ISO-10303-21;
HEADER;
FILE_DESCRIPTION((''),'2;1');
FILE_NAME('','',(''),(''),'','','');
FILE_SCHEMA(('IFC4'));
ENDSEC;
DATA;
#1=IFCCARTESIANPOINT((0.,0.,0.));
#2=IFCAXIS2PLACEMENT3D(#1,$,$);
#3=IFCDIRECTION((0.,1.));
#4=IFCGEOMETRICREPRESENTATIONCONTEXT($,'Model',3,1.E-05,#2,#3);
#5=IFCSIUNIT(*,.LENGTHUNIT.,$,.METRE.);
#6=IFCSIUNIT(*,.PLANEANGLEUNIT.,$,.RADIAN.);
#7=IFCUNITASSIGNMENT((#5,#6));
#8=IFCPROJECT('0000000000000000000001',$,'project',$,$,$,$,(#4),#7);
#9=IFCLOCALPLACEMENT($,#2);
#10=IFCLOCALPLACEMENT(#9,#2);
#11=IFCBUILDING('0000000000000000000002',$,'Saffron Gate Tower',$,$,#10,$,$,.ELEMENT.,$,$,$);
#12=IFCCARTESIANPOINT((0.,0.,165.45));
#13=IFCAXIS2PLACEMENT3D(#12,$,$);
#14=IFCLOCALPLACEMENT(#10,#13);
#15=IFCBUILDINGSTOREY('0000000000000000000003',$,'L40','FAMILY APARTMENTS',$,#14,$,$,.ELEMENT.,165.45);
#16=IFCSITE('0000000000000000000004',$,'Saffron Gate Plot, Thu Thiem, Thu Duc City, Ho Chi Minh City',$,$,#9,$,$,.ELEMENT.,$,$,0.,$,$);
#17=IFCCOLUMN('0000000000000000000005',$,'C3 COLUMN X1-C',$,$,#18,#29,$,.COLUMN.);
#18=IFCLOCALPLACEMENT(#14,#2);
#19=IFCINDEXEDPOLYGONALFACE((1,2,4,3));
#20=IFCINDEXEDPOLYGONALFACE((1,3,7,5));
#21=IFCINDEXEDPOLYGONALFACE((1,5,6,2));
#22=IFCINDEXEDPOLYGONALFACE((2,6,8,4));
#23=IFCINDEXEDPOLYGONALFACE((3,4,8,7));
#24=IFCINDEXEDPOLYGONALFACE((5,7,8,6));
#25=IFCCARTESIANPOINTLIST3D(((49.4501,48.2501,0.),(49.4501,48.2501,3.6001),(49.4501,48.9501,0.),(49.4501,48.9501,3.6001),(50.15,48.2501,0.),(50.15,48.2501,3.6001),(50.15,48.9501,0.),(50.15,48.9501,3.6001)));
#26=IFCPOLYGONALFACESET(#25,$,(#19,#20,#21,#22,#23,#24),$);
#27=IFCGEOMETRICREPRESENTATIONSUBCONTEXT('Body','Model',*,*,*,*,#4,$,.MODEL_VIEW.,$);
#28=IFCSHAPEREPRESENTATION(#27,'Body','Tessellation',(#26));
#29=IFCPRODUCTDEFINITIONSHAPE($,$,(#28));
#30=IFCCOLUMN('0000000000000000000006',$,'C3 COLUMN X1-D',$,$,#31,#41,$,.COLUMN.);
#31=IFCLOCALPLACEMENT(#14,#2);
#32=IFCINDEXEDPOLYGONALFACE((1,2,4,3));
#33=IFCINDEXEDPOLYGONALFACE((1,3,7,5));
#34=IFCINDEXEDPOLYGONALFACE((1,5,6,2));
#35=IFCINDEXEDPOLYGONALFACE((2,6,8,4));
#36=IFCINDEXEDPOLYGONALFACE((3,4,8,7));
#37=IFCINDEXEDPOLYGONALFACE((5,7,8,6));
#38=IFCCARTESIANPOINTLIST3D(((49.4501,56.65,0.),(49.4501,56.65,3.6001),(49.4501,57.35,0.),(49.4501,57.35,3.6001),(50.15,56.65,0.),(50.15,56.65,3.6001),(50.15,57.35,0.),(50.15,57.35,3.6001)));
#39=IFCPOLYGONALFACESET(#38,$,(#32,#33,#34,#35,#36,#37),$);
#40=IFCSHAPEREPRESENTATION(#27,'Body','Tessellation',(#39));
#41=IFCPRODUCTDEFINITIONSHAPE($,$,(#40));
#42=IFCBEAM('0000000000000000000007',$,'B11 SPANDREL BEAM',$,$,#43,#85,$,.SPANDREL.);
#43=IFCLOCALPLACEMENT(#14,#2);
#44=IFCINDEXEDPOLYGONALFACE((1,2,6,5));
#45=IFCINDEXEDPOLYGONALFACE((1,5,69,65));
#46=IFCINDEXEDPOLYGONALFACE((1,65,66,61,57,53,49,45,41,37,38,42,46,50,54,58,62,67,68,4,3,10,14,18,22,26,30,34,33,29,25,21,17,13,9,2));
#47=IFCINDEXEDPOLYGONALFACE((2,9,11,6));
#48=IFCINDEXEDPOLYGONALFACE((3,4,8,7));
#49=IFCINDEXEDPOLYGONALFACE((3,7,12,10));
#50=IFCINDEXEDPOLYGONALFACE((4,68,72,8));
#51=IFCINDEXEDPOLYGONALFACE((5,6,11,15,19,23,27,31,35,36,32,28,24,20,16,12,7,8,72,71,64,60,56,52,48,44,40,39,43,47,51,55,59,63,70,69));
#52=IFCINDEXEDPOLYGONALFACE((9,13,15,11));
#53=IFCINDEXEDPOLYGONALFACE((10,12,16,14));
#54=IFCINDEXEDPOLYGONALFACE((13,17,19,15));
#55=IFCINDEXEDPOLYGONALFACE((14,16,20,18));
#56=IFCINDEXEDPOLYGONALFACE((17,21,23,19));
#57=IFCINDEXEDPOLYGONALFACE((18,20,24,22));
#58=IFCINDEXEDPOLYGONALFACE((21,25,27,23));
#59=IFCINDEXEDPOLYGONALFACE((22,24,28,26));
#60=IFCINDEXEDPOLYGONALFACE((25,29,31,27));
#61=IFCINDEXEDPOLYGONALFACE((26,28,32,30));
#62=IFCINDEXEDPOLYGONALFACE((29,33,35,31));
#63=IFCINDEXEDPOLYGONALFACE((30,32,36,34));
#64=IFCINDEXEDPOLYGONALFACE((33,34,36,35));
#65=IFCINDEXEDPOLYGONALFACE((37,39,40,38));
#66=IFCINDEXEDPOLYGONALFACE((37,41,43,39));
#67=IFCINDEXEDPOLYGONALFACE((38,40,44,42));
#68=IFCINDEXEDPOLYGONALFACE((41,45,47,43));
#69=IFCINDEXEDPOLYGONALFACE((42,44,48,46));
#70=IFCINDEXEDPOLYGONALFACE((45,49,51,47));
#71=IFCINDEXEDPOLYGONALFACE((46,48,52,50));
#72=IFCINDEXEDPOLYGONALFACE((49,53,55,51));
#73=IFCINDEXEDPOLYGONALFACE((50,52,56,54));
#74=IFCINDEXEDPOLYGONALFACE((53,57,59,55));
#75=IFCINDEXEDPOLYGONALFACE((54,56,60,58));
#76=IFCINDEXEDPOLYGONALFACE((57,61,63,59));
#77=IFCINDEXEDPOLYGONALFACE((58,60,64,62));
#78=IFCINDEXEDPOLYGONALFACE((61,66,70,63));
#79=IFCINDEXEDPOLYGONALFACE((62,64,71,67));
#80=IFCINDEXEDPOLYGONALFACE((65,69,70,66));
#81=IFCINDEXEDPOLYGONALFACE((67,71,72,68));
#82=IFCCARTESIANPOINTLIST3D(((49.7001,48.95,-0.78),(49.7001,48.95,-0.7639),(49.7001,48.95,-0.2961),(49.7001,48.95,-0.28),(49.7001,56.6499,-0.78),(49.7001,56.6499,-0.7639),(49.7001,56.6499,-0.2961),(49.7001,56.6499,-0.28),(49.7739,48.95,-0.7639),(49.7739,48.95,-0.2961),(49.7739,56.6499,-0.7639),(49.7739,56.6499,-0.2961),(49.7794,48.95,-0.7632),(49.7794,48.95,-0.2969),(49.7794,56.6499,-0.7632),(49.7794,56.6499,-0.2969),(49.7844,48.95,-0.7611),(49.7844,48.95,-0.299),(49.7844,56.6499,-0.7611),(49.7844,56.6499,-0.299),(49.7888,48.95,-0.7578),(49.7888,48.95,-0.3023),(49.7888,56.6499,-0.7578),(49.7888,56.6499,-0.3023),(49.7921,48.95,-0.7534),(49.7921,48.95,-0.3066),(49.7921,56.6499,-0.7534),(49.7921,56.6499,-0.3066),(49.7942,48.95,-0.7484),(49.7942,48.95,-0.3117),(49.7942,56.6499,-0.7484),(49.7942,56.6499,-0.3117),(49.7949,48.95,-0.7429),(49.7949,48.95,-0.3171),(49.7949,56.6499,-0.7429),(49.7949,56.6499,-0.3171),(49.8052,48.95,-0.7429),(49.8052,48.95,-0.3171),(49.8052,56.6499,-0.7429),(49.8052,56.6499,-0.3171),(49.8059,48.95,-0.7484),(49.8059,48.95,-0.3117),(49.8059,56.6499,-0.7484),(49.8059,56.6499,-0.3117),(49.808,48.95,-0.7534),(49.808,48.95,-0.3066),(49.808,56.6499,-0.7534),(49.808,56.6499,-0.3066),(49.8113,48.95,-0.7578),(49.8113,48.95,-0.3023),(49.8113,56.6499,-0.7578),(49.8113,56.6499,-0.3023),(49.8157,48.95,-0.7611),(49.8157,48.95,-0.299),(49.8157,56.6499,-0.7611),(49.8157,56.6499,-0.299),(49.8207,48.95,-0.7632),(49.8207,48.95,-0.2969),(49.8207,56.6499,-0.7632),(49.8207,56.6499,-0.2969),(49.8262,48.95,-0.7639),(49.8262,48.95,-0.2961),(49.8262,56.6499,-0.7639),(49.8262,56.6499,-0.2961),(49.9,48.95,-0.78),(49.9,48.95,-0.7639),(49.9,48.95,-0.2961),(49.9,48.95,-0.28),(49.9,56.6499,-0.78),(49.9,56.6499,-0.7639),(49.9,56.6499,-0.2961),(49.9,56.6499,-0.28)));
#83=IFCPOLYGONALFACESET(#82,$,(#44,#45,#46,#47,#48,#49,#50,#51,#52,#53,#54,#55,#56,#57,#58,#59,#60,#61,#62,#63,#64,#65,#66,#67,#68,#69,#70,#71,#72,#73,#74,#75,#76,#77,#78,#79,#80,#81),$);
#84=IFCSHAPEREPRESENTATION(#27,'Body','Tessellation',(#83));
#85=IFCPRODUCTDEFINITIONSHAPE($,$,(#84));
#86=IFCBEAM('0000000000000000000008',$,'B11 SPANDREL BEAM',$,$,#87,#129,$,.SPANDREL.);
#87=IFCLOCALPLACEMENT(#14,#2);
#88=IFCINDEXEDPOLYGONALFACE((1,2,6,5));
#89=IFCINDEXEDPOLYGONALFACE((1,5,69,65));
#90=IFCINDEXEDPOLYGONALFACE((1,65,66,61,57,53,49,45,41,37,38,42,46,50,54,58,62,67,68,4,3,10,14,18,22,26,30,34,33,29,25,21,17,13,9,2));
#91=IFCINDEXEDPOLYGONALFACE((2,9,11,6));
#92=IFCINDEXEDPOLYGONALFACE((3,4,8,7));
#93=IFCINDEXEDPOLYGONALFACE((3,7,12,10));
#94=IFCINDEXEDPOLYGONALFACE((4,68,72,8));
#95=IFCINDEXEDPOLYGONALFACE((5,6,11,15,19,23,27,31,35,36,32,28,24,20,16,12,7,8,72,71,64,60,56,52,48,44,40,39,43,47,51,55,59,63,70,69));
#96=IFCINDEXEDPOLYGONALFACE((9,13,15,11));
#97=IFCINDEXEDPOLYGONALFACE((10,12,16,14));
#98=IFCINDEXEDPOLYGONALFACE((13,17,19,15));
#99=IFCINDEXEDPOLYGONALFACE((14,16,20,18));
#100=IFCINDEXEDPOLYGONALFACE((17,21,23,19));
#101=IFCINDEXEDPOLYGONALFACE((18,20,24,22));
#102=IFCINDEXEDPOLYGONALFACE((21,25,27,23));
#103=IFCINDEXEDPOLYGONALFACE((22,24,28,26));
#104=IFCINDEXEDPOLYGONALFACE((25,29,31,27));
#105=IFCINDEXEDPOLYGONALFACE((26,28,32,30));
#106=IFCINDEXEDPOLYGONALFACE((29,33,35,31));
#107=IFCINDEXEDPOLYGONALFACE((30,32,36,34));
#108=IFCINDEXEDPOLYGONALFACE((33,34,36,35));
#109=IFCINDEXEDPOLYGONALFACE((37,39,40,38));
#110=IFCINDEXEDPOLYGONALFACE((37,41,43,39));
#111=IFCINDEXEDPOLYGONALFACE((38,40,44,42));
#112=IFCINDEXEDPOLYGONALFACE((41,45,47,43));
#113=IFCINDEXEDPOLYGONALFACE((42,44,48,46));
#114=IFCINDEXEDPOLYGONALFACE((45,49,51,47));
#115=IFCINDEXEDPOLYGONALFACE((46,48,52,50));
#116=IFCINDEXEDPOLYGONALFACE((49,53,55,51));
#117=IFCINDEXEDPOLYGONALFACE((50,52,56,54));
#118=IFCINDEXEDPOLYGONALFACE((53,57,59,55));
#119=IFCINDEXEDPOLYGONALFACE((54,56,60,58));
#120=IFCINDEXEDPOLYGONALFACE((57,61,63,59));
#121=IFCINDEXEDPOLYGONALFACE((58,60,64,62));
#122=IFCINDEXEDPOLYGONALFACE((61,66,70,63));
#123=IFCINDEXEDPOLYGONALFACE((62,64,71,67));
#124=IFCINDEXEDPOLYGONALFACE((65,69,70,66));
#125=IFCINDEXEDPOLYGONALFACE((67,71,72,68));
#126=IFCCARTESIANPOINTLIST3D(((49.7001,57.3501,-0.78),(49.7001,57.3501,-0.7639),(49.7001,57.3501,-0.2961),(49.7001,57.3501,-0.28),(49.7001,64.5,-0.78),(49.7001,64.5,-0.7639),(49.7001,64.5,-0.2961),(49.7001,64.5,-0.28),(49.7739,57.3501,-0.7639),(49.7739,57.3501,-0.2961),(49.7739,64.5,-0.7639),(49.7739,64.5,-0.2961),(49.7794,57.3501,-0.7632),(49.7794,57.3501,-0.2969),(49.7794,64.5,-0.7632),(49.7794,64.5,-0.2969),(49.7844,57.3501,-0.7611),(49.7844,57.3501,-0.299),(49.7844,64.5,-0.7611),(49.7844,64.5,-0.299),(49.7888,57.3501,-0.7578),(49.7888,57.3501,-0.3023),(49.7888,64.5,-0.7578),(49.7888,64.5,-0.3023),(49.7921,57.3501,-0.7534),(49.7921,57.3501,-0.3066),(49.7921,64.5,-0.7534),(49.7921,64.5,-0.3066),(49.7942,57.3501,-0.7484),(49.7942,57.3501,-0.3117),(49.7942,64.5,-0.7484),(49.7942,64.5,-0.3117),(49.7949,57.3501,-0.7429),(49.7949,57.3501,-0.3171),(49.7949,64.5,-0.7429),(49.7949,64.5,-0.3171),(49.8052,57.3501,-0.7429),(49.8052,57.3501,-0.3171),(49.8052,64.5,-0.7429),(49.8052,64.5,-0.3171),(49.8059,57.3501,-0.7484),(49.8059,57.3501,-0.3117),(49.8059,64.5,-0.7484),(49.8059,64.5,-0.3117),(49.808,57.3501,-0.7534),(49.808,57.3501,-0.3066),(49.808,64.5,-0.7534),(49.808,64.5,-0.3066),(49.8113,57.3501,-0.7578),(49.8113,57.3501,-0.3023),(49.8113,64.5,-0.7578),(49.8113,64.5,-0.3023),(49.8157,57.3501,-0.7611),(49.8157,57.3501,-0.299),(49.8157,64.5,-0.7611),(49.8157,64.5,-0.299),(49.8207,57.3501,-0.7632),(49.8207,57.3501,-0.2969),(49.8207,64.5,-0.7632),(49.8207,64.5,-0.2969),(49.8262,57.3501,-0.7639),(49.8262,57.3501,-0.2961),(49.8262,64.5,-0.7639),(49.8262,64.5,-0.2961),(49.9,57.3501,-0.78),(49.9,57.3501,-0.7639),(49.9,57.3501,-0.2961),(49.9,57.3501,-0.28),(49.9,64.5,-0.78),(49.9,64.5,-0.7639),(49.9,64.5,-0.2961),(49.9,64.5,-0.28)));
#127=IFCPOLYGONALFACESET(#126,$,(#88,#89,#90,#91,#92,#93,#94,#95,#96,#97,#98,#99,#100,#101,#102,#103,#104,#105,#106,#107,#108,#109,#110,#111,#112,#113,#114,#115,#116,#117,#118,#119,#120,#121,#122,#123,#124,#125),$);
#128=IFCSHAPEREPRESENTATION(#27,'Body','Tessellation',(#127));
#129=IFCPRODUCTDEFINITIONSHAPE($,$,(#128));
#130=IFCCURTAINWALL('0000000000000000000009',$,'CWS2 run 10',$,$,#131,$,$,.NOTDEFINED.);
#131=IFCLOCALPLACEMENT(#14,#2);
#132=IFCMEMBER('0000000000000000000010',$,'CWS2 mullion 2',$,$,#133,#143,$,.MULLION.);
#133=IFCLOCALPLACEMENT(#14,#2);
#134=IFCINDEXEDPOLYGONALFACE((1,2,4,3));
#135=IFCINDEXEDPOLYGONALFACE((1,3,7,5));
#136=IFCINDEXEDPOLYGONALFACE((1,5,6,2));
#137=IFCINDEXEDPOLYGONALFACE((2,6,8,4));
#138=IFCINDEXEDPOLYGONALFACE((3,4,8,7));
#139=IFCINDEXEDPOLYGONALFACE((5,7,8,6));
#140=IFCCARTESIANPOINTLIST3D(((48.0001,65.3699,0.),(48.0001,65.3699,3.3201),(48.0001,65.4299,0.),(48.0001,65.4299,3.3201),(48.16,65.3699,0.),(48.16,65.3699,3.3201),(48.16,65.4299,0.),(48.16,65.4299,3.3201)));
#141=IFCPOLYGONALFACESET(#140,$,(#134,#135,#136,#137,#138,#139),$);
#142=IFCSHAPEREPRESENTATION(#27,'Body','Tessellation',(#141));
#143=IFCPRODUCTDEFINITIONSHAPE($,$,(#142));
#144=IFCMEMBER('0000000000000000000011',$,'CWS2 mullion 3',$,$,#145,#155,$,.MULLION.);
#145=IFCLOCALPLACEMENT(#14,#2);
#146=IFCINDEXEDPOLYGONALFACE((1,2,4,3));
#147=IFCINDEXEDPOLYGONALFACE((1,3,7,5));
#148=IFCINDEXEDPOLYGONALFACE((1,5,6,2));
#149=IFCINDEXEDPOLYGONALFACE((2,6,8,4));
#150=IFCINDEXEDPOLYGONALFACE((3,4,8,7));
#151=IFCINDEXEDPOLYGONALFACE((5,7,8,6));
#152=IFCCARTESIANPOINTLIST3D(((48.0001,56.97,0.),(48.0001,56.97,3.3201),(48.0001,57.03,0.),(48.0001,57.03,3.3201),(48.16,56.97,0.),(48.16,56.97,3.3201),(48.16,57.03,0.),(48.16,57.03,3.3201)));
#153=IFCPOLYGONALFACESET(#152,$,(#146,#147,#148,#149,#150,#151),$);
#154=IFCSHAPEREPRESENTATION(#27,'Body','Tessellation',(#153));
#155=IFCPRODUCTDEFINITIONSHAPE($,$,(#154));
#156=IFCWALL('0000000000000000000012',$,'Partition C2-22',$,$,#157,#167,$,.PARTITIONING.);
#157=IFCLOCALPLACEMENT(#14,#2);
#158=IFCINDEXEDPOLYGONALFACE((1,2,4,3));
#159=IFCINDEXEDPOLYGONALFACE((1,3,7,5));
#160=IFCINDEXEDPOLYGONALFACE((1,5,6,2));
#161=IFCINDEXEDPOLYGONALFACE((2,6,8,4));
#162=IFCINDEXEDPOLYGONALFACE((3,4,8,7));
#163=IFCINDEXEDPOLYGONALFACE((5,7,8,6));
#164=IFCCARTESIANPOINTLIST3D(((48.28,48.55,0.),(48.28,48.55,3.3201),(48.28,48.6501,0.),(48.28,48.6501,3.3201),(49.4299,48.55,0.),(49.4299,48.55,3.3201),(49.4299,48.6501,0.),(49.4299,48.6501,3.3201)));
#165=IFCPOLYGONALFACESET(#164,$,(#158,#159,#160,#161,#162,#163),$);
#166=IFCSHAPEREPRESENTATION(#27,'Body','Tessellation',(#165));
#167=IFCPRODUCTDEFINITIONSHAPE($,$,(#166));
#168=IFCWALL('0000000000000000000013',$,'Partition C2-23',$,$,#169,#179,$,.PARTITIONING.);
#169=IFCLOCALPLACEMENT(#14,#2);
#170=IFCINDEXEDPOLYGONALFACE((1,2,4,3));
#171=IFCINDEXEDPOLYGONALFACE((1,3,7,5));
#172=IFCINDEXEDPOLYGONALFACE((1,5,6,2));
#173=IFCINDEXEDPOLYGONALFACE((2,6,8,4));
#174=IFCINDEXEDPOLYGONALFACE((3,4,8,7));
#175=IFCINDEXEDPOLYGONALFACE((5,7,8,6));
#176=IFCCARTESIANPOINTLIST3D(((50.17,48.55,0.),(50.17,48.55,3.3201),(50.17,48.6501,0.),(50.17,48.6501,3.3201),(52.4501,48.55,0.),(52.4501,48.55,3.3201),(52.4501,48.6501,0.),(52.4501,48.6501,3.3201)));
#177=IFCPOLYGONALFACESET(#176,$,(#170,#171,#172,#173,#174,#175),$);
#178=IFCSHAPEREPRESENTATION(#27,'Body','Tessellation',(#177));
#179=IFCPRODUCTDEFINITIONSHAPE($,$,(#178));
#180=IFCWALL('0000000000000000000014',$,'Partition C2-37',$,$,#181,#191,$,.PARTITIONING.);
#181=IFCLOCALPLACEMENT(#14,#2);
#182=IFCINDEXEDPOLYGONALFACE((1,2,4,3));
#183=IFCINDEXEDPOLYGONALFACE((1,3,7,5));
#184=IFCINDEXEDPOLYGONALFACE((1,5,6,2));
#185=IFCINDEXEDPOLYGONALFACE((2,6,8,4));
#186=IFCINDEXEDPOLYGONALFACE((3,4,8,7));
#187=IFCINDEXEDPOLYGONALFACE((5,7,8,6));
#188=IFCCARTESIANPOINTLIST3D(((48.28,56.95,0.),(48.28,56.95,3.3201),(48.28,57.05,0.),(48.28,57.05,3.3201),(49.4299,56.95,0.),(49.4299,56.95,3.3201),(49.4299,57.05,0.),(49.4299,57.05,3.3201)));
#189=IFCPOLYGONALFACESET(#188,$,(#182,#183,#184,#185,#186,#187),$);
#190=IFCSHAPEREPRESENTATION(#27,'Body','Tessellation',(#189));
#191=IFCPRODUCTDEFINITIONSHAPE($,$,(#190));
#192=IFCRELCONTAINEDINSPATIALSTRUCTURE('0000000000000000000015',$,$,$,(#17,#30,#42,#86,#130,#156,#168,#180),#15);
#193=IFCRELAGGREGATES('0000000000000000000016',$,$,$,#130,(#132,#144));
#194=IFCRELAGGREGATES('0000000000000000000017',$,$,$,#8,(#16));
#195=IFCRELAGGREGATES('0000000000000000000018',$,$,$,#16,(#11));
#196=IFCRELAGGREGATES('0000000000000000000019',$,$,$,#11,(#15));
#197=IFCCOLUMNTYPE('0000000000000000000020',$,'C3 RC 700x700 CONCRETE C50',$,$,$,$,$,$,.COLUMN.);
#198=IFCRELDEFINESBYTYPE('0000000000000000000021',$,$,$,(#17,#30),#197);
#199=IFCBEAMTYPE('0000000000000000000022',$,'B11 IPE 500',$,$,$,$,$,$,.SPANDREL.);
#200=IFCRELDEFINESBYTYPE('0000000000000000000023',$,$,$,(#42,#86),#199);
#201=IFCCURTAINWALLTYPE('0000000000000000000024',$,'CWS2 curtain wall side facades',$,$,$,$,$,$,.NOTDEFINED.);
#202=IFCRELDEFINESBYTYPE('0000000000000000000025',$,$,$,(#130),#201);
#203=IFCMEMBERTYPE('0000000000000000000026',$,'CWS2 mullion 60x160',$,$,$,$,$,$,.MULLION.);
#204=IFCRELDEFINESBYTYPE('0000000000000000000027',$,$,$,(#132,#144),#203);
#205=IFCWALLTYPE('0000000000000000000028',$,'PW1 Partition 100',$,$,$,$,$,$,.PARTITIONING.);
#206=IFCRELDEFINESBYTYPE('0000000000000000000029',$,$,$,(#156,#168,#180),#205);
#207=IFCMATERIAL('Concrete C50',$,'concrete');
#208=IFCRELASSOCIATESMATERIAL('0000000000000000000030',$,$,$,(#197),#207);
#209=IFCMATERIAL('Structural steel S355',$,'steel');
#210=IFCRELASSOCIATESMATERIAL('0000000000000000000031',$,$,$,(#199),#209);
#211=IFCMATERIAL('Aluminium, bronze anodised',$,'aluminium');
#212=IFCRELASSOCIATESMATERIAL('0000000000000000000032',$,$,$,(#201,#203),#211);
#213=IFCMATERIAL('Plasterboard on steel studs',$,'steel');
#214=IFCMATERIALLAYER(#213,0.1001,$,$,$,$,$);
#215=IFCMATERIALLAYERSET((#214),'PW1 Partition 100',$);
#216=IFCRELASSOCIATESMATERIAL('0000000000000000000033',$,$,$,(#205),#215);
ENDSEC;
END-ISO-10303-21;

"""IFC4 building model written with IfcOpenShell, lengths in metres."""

from ifc_helpers import new_model, si_unit, direction, frame, frame_2d, origin, origin_2d, place, context, subcontext, project, spatial, rectangle, i_section, extrude, material, layer, layer_set, material_profile, profile_set, type_object, element, aggregate, save


model = new_model("IFC4")

# Units and contexts
model_context = context("Model", 3, precision=1e-05, world=origin(), true_north=direction((0.0, 1.0)))
body_context = subcontext(model_context, "Body", "Model", "MODEL_VIEW")
ifc_project = project(units=[si_unit("LENGTHUNIT", "METRE"), si_unit("PLANEANGLEUNIT", "RADIAN")], contexts=[model_context])

# Site, building, storey
site_placement = place(None, origin())
site = spatial("IfcSite", under=ifc_project, at=site_placement, Name="Saffron Gate Plot, Thu Thiem, Thu Duc City, Ho Chi Minh City", CompositionType="ELEMENT", RefElevation=0.0)
building_placement = place(site_placement, origin())
building = spatial("IfcBuilding", under=site, at=building_placement, Name="Saffron Gate Tower", CompositionType="ELEMENT")
storey_placement = place(building_placement, frame((0.0, 0.0, 165.45)))
storey = spatial("IfcBuildingStorey", under=building, at=storey_placement, Name="L40", Description="FAMILY APARTMENTS", CompositionType="ELEMENT", Elevation=165.45)

# Columns
ifc_material_1 = material(Name="Concrete C50", Category="concrete")
ifc_material_profile_1 = material_profile(ifc_material_1, rectangle(XDim=0.7, YDim=0.7, at=origin_2d()))
ifc_profile_set_1 = profile_set([ifc_material_profile_1], Name="Concrete C50")
column_type = type_object("IfcColumnType", Name="C3 RC 700x700 CONCRETE C50", PredefinedType="COLUMN", material=ifc_profile_set_1)
for number, where, z_axis, x_axis, name in (
    (1, (49.8, 48.6001, 0.0), (0.0, 0.0, 1.0), (1.0, 0.0, 0.0), "C3 COLUMN X1-C"),
    (2, (49.8, 57.0, 0.0), (0.0, 0.0, 1.0), (1.0, 0.0, 0.0), "C3 COLUMN X1-D"),
):
    element("IfcColumn", number, at=place(storey_placement, frame(where, z_axis=z_axis, x_axis=x_axis)), inside=storey, type_object=column_type, Name=name, PredefinedType="COLUMN", context=body_context, shape_type="SweptSolid", body=[
        extrude(rectangle(XDim=0.7, YDim=0.7, at=origin_2d()), origin(), (0.0, 0.0, 1.0), 3.6001),
    ])

# Beams
ifc_material_2 = material(Name="Structural steel S355", Category="steel")
ifc_material_profile_2 = material_profile(ifc_material_2, i_section(OverallWidth=0.2, OverallDepth=0.5, WebThickness=0.0103, FlangeThickness=0.0161, FilletRadius=0.021, at=origin_2d()))
ifc_profile_set_2 = profile_set([ifc_material_profile_2], Name="Structural steel S355")
beam_type = type_object("IfcBeamType", Name="B11 IPE 500", PredefinedType="SPANDREL", material=ifc_profile_set_2)
beam_1_placement = place(storey_placement, frame((49.8, 48.95, -0.53), z_axis=(0.0, 1.0, 0.0), x_axis=(-1.0, 0.0, 0.0)))
element("IfcBeam", 3, at=beam_1_placement, inside=storey, type_object=beam_type, Name="B11 SPANDREL BEAM", PredefinedType="SPANDREL", context=body_context, shape_type="SweptSolid", body=[
    extrude(i_section(OverallWidth=0.2, OverallDepth=0.5, WebThickness=0.0103, FlangeThickness=0.0161, FilletRadius=0.021, at=origin_2d()), origin(), (0.0, 0.0, 1.0), 7.7),
])
beam_2_placement = place(storey_placement, frame((49.8, 57.3501, -0.53), z_axis=(0.0, 1.0, 0.0), x_axis=(-1.0, 0.0, 0.0)))
element("IfcBeam", 4, at=beam_2_placement, inside=storey, type_object=beam_type, Name="B11 SPANDREL BEAM", PredefinedType="SPANDREL", context=body_context, shape_type="SweptSolid", body=[
    extrude(i_section(OverallWidth=0.2, OverallDepth=0.5, WebThickness=0.0103, FlangeThickness=0.0161, FilletRadius=0.021, at=origin_2d()), origin(), (0.0, 0.0, 1.0), 7.1499),
])

# Curtain wall, members
ifc_material_3 = material(Name="Aluminium, bronze anodised", Category="aluminium")
curtain_wall_type = type_object("IfcCurtainWallType", Name="CWS2 curtain wall side facades", PredefinedType="NOTDEFINED", material=ifc_material_3)
curtain_wall_placement = place(storey_placement, origin())
curtain_wall = element("IfcCurtainWall", 5, at=curtain_wall_placement, inside=storey, type_object=curtain_wall_type, Name="CWS2 run 10", PredefinedType="NOTDEFINED")
ifc_material_profile_3 = material_profile(ifc_material_3, rectangle(XDim=0.1599, YDim=0.0601, at=origin_2d()))
ifc_profile_set_3 = profile_set([ifc_material_profile_3], Name="Aluminium, bronze anodised")
member_type = type_object("IfcMemberType", Name="CWS2 mullion 60x160", PredefinedType="MULLION", material=ifc_profile_set_3)
member_1_placement = place(storey_placement, frame((48.0801, 65.3999, 0.0), z_axis=(0.0, 0.0, 1.0), x_axis=(1.0, 0.0, 0.0)))
member_1 = element("IfcMember", 6, at=member_1_placement, type_object=member_type, Name="CWS2 mullion 2", PredefinedType="MULLION", context=body_context, shape_type="SweptSolid", body=[
    extrude(rectangle(XDim=0.1599, YDim=0.0601, at=origin_2d()), origin(), (0.0, 0.0, 1.0), 3.3201),
])
member_2_placement = place(storey_placement, frame((48.0801, 57.0, 0.0), z_axis=(0.0, 0.0, 1.0), x_axis=(1.0, 0.0, 0.0)))
member_2 = element("IfcMember", 7, at=member_2_placement, type_object=member_type, Name="CWS2 mullion 3", PredefinedType="MULLION", context=body_context, shape_type="SweptSolid", body=[
    extrude(rectangle(XDim=0.1599, YDim=0.0601, at=origin_2d()), origin(), (0.0, 0.0, 1.0), 3.3201),
])
aggregate(curtain_wall, [member_1, member_2])

# Walls
ifc_material_4 = material(Name="Plasterboard on steel studs", Category="steel")
ifc_layer_1 = layer(ifc_material_4, 0.1001)
ifc_layer_set_1 = layer_set([ifc_layer_1], Name="PW1 Partition 100")
wall_type_1 = type_object("IfcWallType", Name="PW1 Partition 100", PredefinedType="PARTITIONING", material=ifc_layer_set_1)
wall_1_placement = place(storey_placement, frame((48.28, 48.6001, 0.0), z_axis=(0.0, 0.0, 1.0), x_axis=(1.0, 0.0, 0.0)))
element("IfcWall", 8, at=wall_1_placement, inside=storey, type_object=wall_type_1, Name="Partition C2-22", PredefinedType="PARTITIONING", context=body_context, shape_type="SweptSolid", body=[
    extrude(rectangle(XDim=1.1499, YDim=0.1001, at=frame_2d((0.575, 0.0))), origin(), (0.0, 0.0, 1.0), 3.3201),
])
wall_2_placement = place(storey_placement, frame((50.1699, 48.6001, 0.0), z_axis=(0.0, 0.0, 1.0), x_axis=(1.0, 0.0, 0.0)))
element("IfcWall", 9, at=wall_2_placement, inside=storey, type_object=wall_type_1, Name="Partition C2-23", PredefinedType="PARTITIONING", context=body_context, shape_type="SweptSolid", body=[
    extrude(rectangle(XDim=2.28, YDim=0.1001, at=frame_2d((1.1401, 0.0))), origin(), (0.0, 0.0, 1.0), 3.3201),
])
wall_3_placement = place(storey_placement, frame((48.28, 57.0, 0.0), z_axis=(0.0, 0.0, 1.0), x_axis=(1.0, 0.0, 0.0)))
element("IfcWall", 10, at=wall_3_placement, inside=storey, type_object=wall_type_1, Name="Partition C2-37", PredefinedType="PARTITIONING", context=body_context, shape_type="SweptSolid", body=[
    extrude(rectangle(XDim=1.1499, YDim=0.1001, at=frame_2d((0.575, 0.0))), origin(), (0.0, 0.0, 1.0), 3.3201),
])

save(model, "model.ifc")
